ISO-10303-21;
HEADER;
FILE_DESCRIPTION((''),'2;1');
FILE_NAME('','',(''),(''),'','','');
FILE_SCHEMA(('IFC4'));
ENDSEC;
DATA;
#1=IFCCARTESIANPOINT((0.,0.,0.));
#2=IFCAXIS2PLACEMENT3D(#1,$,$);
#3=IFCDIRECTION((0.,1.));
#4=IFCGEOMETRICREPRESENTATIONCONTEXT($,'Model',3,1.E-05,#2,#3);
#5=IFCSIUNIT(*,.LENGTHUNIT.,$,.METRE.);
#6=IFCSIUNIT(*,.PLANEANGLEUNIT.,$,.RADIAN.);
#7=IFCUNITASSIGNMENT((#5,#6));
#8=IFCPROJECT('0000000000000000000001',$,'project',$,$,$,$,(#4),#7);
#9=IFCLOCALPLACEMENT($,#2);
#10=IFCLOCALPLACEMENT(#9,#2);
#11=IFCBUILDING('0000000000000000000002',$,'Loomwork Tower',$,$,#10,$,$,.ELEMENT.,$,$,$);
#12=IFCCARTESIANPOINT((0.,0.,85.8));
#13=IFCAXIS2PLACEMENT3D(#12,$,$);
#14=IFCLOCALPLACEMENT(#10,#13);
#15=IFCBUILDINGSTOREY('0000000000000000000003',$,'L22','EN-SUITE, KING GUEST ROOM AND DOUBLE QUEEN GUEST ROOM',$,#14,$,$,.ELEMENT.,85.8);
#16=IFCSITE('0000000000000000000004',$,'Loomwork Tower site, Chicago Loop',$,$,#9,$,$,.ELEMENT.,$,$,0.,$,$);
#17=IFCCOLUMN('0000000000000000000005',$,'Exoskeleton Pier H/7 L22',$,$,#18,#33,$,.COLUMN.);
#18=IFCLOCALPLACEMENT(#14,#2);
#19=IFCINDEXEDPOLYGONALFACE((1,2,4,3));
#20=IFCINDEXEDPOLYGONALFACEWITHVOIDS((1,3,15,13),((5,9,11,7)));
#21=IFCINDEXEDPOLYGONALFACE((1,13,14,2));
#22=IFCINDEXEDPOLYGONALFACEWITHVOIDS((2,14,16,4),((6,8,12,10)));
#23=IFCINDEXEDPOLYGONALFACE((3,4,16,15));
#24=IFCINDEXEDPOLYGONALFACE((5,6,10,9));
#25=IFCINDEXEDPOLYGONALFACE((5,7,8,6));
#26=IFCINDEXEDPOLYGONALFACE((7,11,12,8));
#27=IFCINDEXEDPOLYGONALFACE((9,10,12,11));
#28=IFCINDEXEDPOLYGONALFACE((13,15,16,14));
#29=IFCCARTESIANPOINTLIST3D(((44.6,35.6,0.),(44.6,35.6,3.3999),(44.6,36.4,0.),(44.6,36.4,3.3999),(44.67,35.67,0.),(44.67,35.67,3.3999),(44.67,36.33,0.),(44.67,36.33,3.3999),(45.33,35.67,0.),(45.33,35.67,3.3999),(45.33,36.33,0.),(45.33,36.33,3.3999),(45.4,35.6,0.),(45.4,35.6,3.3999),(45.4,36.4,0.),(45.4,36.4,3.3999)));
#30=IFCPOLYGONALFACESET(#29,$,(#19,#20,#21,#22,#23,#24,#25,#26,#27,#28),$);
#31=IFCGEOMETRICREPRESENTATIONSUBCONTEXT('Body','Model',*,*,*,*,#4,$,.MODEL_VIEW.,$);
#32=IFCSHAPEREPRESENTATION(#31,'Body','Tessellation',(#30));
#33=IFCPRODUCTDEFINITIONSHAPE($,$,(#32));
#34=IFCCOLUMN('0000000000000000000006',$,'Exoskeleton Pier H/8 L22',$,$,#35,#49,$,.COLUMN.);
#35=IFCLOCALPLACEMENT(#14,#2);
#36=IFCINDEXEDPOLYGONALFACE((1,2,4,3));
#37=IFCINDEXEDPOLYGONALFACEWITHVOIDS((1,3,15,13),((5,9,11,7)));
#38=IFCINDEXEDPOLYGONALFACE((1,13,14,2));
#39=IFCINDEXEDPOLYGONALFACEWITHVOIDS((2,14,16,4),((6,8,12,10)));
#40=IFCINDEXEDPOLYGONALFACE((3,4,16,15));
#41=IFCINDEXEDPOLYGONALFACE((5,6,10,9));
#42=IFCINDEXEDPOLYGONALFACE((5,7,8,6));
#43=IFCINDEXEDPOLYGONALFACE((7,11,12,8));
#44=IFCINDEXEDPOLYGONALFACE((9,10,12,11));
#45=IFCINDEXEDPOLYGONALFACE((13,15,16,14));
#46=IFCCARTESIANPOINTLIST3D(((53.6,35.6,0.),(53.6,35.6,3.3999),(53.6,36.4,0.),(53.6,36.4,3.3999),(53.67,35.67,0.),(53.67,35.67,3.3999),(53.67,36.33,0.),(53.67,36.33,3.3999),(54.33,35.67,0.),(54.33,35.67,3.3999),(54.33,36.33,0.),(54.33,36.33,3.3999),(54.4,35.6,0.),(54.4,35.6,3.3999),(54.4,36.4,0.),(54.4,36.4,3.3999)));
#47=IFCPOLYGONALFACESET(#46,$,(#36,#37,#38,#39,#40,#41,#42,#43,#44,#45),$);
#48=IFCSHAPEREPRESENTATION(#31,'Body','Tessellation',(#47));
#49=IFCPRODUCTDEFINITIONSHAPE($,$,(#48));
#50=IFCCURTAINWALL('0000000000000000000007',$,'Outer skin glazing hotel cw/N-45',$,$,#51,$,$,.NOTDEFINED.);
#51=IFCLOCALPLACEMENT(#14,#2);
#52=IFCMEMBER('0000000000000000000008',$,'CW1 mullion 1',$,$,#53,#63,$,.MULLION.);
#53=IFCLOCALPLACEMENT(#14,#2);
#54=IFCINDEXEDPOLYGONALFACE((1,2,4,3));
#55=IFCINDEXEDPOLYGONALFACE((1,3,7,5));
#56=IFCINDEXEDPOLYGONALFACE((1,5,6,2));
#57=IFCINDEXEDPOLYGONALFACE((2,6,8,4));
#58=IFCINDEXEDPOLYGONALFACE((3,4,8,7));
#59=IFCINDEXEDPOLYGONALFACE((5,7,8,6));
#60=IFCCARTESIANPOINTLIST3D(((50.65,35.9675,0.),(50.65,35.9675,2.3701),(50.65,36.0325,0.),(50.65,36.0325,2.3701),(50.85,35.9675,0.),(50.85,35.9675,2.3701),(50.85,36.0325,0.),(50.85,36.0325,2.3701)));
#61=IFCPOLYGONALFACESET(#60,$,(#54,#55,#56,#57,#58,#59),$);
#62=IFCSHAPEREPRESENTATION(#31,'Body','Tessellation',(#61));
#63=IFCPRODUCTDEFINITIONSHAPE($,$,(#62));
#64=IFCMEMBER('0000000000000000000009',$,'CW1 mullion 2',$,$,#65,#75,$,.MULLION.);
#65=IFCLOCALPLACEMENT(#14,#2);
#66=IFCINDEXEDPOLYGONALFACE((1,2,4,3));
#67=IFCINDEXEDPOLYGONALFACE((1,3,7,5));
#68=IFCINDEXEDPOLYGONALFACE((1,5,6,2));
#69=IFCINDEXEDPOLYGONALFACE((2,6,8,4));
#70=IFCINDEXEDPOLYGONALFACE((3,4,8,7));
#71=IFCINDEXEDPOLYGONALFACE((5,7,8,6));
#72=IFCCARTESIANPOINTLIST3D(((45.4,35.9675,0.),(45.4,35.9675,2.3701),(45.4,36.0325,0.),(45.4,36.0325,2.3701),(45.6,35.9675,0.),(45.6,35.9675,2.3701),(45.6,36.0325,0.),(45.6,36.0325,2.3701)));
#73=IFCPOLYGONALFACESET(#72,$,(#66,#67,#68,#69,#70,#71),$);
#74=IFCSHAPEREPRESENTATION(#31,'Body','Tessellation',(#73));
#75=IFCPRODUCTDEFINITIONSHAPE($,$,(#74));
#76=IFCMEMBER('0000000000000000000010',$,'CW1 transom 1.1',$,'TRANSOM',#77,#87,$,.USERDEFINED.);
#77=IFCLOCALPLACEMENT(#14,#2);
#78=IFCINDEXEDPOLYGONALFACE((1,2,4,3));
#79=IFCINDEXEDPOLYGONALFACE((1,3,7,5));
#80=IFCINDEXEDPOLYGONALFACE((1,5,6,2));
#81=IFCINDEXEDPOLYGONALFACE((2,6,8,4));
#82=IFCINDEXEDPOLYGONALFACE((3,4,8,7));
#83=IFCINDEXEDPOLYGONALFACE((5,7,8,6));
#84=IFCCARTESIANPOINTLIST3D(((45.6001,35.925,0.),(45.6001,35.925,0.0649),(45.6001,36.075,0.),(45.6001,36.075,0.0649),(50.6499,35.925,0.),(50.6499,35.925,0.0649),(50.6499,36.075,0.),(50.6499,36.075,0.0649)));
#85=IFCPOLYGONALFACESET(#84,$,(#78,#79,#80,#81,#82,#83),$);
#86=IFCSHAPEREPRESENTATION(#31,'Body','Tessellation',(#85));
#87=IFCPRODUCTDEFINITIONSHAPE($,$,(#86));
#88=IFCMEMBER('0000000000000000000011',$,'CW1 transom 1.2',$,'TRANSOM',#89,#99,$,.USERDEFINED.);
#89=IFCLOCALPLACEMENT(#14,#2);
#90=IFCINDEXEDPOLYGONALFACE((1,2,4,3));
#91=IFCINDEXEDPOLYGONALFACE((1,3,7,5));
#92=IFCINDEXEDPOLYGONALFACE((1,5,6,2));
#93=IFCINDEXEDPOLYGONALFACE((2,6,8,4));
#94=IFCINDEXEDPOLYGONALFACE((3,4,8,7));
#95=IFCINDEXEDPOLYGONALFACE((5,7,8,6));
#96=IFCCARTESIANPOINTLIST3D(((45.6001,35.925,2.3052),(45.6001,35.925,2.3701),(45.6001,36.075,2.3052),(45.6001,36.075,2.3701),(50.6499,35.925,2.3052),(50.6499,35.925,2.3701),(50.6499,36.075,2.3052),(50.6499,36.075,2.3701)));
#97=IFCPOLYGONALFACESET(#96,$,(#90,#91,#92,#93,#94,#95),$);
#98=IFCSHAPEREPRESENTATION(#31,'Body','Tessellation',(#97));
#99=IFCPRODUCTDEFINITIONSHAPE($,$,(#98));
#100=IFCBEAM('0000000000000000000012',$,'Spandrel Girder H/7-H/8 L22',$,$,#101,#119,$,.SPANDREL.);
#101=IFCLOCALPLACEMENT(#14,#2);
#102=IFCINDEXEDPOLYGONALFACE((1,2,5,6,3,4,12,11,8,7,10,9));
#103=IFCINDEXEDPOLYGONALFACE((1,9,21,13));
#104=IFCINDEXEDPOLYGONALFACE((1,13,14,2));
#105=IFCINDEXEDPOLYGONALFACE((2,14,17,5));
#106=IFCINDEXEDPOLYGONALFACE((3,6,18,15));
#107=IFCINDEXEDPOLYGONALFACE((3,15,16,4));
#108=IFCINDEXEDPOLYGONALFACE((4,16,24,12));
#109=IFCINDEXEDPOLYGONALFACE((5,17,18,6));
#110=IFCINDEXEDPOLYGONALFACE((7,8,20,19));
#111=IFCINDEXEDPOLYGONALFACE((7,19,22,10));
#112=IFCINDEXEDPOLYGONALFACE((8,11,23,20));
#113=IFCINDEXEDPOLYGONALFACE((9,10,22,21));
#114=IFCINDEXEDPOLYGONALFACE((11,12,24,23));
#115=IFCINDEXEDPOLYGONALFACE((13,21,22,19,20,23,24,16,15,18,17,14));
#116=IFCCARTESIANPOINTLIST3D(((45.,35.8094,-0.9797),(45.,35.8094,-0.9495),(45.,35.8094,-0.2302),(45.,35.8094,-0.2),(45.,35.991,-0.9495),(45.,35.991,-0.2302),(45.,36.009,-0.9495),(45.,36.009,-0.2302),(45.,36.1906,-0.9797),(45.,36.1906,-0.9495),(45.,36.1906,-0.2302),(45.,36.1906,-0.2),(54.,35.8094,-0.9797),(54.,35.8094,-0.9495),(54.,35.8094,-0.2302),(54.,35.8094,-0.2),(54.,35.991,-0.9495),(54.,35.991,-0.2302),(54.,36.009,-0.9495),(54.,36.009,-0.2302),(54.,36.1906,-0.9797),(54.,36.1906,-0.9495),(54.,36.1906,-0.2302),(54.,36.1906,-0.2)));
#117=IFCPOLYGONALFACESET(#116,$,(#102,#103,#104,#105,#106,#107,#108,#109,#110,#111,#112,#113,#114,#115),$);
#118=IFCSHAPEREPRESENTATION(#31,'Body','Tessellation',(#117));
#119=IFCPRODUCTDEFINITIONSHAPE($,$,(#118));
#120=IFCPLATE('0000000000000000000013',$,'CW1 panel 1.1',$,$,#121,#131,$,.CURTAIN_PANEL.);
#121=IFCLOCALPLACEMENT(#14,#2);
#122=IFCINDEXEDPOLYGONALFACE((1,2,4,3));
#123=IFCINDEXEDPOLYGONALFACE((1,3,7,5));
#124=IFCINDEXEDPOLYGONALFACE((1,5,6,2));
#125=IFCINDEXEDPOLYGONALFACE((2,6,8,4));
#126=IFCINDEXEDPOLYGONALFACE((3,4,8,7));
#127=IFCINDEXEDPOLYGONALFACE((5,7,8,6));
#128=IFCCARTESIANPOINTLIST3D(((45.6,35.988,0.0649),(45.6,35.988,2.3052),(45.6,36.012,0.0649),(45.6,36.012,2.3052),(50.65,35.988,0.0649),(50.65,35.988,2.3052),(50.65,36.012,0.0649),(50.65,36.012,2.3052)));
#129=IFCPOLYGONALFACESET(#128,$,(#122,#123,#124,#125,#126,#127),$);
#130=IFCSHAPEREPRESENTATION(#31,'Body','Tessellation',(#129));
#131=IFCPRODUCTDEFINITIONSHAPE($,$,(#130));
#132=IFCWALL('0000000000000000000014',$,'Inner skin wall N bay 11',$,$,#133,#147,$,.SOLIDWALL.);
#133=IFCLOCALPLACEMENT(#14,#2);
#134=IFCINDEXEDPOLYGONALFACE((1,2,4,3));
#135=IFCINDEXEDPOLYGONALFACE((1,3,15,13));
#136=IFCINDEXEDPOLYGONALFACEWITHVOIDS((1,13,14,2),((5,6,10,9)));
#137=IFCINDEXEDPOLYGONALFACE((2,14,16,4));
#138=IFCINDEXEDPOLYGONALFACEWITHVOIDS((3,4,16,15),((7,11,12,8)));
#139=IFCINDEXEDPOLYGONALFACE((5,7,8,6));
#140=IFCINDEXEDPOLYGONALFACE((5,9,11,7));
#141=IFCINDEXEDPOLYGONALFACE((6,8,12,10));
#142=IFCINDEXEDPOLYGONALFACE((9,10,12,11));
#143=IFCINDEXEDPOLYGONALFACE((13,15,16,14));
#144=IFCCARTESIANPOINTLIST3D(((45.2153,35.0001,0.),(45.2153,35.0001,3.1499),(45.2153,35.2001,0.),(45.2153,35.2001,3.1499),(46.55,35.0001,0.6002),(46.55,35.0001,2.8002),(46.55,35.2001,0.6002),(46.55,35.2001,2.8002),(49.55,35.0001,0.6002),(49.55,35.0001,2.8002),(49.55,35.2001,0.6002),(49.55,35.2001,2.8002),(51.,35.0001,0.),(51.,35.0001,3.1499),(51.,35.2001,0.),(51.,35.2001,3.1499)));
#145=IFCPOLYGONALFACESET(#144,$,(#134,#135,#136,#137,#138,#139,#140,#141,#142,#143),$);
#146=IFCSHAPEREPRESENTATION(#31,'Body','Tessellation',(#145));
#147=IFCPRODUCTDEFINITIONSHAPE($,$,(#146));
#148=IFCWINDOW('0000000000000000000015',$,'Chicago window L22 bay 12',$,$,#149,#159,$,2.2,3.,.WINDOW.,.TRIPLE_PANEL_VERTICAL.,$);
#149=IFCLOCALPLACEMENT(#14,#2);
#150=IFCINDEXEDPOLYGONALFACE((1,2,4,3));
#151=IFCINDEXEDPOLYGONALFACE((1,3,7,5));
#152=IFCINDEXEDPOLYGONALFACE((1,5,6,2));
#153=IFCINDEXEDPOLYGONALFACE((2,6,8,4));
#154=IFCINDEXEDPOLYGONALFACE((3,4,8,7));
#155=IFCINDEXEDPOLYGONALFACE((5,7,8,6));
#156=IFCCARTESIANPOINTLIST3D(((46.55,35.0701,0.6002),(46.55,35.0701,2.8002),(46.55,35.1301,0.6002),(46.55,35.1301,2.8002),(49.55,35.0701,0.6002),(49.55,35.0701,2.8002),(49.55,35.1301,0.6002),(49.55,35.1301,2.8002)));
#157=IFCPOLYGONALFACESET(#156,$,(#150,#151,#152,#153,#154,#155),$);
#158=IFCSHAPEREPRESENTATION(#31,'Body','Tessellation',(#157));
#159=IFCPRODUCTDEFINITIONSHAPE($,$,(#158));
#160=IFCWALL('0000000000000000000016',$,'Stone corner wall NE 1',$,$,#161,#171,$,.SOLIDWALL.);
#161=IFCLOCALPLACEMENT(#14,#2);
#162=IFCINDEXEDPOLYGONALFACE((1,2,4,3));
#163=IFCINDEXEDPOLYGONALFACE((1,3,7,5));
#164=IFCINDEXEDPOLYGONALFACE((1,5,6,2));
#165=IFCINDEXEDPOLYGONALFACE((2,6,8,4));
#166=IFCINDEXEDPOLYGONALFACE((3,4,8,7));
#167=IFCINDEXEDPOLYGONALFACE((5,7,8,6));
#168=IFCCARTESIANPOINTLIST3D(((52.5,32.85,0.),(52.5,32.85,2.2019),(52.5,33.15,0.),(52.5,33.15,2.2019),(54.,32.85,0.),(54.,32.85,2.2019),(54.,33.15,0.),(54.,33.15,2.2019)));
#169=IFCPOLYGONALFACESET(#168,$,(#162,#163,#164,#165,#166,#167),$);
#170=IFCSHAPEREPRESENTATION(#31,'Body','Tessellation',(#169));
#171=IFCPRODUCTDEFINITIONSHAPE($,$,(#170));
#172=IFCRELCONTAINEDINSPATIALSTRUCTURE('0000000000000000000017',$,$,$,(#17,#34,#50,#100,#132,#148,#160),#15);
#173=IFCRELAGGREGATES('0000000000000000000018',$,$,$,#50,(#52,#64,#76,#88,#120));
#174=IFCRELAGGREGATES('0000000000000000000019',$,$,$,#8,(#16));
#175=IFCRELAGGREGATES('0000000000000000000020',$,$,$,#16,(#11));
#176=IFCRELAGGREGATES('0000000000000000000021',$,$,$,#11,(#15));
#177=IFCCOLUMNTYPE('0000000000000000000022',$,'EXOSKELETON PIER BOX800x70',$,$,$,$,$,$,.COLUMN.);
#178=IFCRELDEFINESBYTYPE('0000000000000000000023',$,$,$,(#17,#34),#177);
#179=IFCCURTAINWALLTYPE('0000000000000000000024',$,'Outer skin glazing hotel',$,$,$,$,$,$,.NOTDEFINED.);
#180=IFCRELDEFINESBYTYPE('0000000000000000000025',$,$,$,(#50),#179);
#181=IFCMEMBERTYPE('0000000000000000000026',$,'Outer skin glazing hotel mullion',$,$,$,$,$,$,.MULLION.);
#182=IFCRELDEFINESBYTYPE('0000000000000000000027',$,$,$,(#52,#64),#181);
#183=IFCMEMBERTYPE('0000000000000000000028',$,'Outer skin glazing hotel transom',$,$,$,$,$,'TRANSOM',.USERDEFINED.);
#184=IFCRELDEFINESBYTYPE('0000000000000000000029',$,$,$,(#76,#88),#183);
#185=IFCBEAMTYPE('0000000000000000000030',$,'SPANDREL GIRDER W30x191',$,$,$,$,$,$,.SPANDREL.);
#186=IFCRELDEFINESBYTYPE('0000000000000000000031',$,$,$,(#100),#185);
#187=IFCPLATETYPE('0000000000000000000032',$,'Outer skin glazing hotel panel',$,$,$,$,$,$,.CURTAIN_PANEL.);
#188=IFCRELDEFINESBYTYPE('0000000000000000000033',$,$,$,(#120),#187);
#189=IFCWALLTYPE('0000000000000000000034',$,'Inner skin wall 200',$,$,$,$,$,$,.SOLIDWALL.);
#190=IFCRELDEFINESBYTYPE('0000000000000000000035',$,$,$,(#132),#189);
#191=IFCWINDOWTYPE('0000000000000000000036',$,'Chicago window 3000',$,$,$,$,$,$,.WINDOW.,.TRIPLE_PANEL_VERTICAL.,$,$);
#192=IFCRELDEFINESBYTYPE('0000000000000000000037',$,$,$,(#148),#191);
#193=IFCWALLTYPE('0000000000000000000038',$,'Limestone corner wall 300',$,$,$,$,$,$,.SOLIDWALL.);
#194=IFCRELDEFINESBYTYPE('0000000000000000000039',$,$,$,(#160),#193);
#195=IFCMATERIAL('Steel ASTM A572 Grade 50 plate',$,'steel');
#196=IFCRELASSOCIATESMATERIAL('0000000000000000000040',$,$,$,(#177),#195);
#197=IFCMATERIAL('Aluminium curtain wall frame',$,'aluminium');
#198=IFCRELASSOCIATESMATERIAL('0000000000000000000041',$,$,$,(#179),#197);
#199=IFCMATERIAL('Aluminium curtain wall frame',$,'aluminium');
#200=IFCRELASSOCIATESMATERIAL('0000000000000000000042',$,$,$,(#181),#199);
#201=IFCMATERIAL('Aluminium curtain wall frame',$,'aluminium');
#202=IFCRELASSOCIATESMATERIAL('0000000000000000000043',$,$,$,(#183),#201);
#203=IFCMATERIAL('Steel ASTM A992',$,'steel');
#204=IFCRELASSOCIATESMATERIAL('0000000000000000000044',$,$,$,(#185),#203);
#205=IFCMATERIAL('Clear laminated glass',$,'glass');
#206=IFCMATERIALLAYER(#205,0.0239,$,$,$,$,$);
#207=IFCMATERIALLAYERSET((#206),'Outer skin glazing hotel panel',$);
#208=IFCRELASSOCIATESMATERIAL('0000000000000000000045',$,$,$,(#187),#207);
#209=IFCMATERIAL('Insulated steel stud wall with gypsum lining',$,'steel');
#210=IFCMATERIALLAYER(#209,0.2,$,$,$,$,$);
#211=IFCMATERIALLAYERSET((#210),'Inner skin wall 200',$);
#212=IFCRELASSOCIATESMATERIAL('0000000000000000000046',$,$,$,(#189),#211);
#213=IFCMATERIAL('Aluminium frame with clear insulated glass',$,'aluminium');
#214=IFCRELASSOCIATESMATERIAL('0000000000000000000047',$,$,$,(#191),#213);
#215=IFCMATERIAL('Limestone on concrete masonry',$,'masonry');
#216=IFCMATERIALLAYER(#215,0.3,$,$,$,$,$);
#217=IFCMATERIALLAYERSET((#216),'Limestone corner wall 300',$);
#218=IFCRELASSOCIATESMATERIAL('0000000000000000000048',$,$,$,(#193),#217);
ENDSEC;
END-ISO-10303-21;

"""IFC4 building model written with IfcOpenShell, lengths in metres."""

from ifc_helpers import new_model, si_unit, direction, frame, frame_2d, origin, origin_2d, place, context, subcontext, project, spatial, rectangle, hollow_rectangle, i_section, extrude, material, layer, layer_set, material_profile, profile_set, type_object, element, fill, aggregate, save


model = new_model("IFC4")

# Units and contexts
model_context = context("Model", 3, precision=1e-05, world=origin(), true_north=direction((0.0, 1.0)))
body_context = subcontext(model_context, "Body", "Model", "MODEL_VIEW")
ifc_project = project(units=[si_unit("LENGTHUNIT", "METRE"), si_unit("PLANEANGLEUNIT", "RADIAN")], contexts=[model_context])

# Site, building, storey
site_placement = place(None, origin())
site = spatial("IfcSite", under=ifc_project, at=site_placement, Name="Loomwork Tower site, Chicago Loop", CompositionType="ELEMENT", RefElevation=0.0)
building_placement = place(site_placement, origin())
building = spatial("IfcBuilding", under=site, at=building_placement, Name="Loomwork Tower", CompositionType="ELEMENT")
storey_placement = place(building_placement, frame((0.0, 0.0, 85.8)))
storey = spatial("IfcBuildingStorey", under=building, at=storey_placement, Name="L22", Description="EN-SUITE, KING GUEST ROOM AND DOUBLE QUEEN GUEST ROOM", CompositionType="ELEMENT", Elevation=85.8)

# Columns
ifc_material_1 = material(Name="Steel ASTM A572 Grade 50 plate", Category="steel")
ifc_material_profile_1 = material_profile(ifc_material_1, hollow_rectangle(XDim=0.8, YDim=0.8, WallThickness=0.0701, at=origin_2d()), Name="BOX800x70")
ifc_profile_set_1 = profile_set([ifc_material_profile_1], Name="Steel ASTM A572 Grade 50 plate")
column_type = type_object("IfcColumnType", Name="EXOSKELETON PIER BOX800x70", PredefinedType="COLUMN", material=ifc_profile_set_1)
for number, where, z_axis, x_axis, name in (
    (1, (45.0, 36.0, 0.0), (0.0, 0.0, 1.0), (1.0, 0.0, 0.0), "Exoskeleton Pier H/7 L22"),
    (2, (54.0, 36.0, 0.0), (0.0, 0.0, 1.0), (1.0, 0.0, 0.0), "Exoskeleton Pier H/8 L22"),
):
    element("IfcColumn", number, at=place(storey_placement, frame(where, z_axis=z_axis, x_axis=x_axis)), inside=storey, type_object=column_type, Name=name, PredefinedType="COLUMN", context=body_context, shape_type="SweptSolid", body=[
        extrude(hollow_rectangle(XDim=0.8, YDim=0.8, WallThickness=0.0701, at=origin_2d()), origin(), (0.0, 0.0, 1.0), 3.3999),
    ])

# Curtain wall, members
ifc_material_2 = material(Name="Aluminium curtain wall frame", Category="aluminium")
curtain_wall_type = type_object("IfcCurtainWallType", Name="Outer skin glazing hotel", PredefinedType="NOTDEFINED", material=ifc_material_2)
curtain_wall_placement = place(storey_placement, origin())
curtain_wall = element("IfcCurtainWall", 3, at=curtain_wall_placement, inside=storey, type_object=curtain_wall_type, Name="Outer skin glazing hotel cw/N-45", PredefinedType="NOTDEFINED")
ifc_material_3 = material(Name="Aluminium curtain wall frame", Category="aluminium")
ifc_material_profile_2 = material_profile(ifc_material_3, rectangle(XDim=0.0649, YDim=0.2, at=origin_2d()), Name="AL 65x200")
ifc_profile_set_2 = profile_set([ifc_material_profile_2], Name="Aluminium curtain wall frame")
member_type_1 = type_object("IfcMemberType", Name="Outer skin glazing hotel mullion", PredefinedType="MULLION", material=ifc_profile_set_2)
member_1_placement = place(storey_placement, frame((50.75, 36.0, 0.0), z_axis=(0.0, 0.0, 1.0), x_axis=(0.0, -1.0, 0.0)))
member_1 = element("IfcMember", 4, at=member_1_placement, type_object=member_type_1, Name="CW1 mullion 1", PredefinedType="MULLION", context=body_context, shape_type="SweptSolid", body=[
    extrude(rectangle(XDim=0.0649, YDim=0.2, at=origin_2d()), origin(), (0.0, 0.0, 1.0), 2.3701),
])
member_2_placement = place(storey_placement, frame((45.5, 36.0, 0.0), z_axis=(0.0, 0.0, 1.0), x_axis=(0.0, -1.0, 0.0)))
member_2 = element("IfcMember", 5, at=member_2_placement, type_object=member_type_1, Name="CW1 mullion 2", PredefinedType="MULLION", context=body_context, shape_type="SweptSolid", body=[
    extrude(rectangle(XDim=0.0649, YDim=0.2, at=origin_2d()), origin(), (0.0, 0.0, 1.0), 2.3701),
])
ifc_material_4 = material(Name="Aluminium curtain wall frame", Category="aluminium")
ifc_material_profile_3 = material_profile(ifc_material_4, rectangle(XDim=0.1499, YDim=0.0649, at=origin_2d()), Name="AL 65x150")
ifc_profile_set_3 = profile_set([ifc_material_profile_3], Name="Aluminium curtain wall frame")
member_type_2 = type_object("IfcMemberType", Name="Outer skin glazing hotel transom", ElementType="TRANSOM", PredefinedType="USERDEFINED", material=ifc_profile_set_3)
member_3_placement = place(storey_placement, frame((50.6499, 36.0, 0.0325), z_axis=(-1.0, 0.0, 0.0), x_axis=(0.0, -1.0, 0.0)))
member_3 = element("IfcMember", 6, at=member_3_placement, type_object=member_type_2, Name="CW1 transom 1.1", ObjectType="TRANSOM", PredefinedType="USERDEFINED", context=body_context, shape_type="SweptSolid", body=[
    extrude(rectangle(XDim=0.1499, YDim=0.0649, at=origin_2d()), origin(), (0.0, 0.0, 1.0), 5.0498),
])
member_4_placement = place(storey_placement, frame((50.6499, 36.0, 2.3376), z_axis=(-1.0, 0.0, 0.0), x_axis=(0.0, -1.0, 0.0)))
member_4 = element("IfcMember", 7, at=member_4_placement, type_object=member_type_2, Name="CW1 transom 1.2", ObjectType="TRANSOM", PredefinedType="USERDEFINED", context=body_context, shape_type="SweptSolid", body=[
    extrude(rectangle(XDim=0.1499, YDim=0.0649, at=origin_2d()), origin(), (0.0, 0.0, 1.0), 5.0498),
])

# Beam
ifc_material_5 = material(Name="Steel ASTM A992", Category="steel")
ifc_material_profile_4 = material_profile(ifc_material_5, i_section(OverallWidth=0.3811, OverallDepth=0.7798, WebThickness=0.0181, FlangeThickness=0.0303, at=origin_2d()), Name="W30x191")
ifc_profile_set_4 = profile_set([ifc_material_profile_4], Name="Steel ASTM A992")
beam_type = type_object("IfcBeamType", Name="SPANDREL GIRDER W30x191", PredefinedType="SPANDREL", material=ifc_profile_set_4)
beam_placement = place(storey_placement, frame((45.0, 36.0, -0.5898), z_axis=(1.0, 0.0, 0.0), x_axis=(0.0, 1.0, 0.0)))
element("IfcBeam", 8, at=beam_placement, inside=storey, type_object=beam_type, Name="Spandrel Girder H/7-H/8 L22", PredefinedType="SPANDREL", context=body_context, shape_type="SweptSolid", body=[
    extrude(i_section(OverallWidth=0.3811, OverallDepth=0.7798, WebThickness=0.0181, FlangeThickness=0.0303, at=origin_2d()), origin(), (0.0, 0.0, 1.0), 9.0),
])

# Plate
ifc_material_6 = material(Name="Clear laminated glass", Category="glass")
ifc_layer_1 = layer(ifc_material_6, 0.0239)
ifc_layer_set_1 = layer_set([ifc_layer_1], Name="Outer skin glazing hotel panel")
plate_type = type_object("IfcPlateType", Name="Outer skin glazing hotel panel", PredefinedType="CURTAIN_PANEL", material=ifc_layer_set_1)
plate_placement = place(storey_placement, frame((48.125, 36.0, 0.0649), z_axis=(0.0, 0.0, 1.0), x_axis=(-1.0, 0.0, 0.0)))
plate = element("IfcPlate", 9, at=plate_placement, type_object=plate_type, Name="CW1 panel 1.1", PredefinedType="CURTAIN_PANEL", context=body_context, shape_type="SweptSolid", body=[
    extrude(rectangle(XDim=5.05, YDim=0.0239, at=origin_2d()), origin(), (0.0, 0.0, 1.0), 2.2402),
])
aggregate(curtain_wall, [member_1, member_2, member_3, member_4, plate])

# Wall, opening, window
ifc_material_7 = material(Name="Insulated steel stud wall with gypsum lining", Category="steel")
ifc_layer_2 = layer(ifc_material_7, 0.2)
ifc_layer_set_2 = layer_set([ifc_layer_2], Name="Inner skin wall 200")
wall_type_1 = type_object("IfcWallType", Name="Inner skin wall 200", PredefinedType="SOLIDWALL", material=ifc_layer_set_2)
wall_1_placement = place(storey_placement, frame((45.2153, 35.1001, 0.0), z_axis=(0.0, 0.0, 1.0), x_axis=(1.0, 0.0, 0.0)))
wall_1 = element("IfcWall", 10, at=wall_1_placement, inside=storey, type_object=wall_type_1, Name="Inner skin wall N bay 11", PredefinedType="SOLIDWALL", context=body_context, shape_type="SweptSolid", body=[
    extrude(rectangle(XDim=5.7847, YDim=0.2, at=frame_2d((2.8923, 0.0))), origin(), (0.0, 0.0, 1.0), 3.1499),
])
opening_1_placement = place(wall_1_placement, frame((1.3347, 0.0, 0.6001)))
opening_1 = element("IfcOpeningElement", 11, at=opening_1_placement, cuts=wall_1, PredefinedType="OPENING", context=body_context, shape_type="SweptSolid", body=[
    extrude(rectangle(XDim=3.0, YDim=2.2, at=frame_2d((1.5, 1.1001))), frame((0.0, 0.1099, 0.0), z_axis=(0.0, -1.0, 0.0), x_axis=(1.0, 0.0, 0.0)), (0.0, 0.0, 1.0), 0.22),
])
ifc_material_8 = material(Name="Aluminium frame with clear insulated glass", Category="aluminium")
window_type_1 = type_object("IfcWindowType", Name="Chicago window 3000", PartitioningType="TRIPLE_PANEL_VERTICAL", PredefinedType="WINDOW", material=ifc_material_8)
window_1_placement = place(opening_1_placement, origin())
window_1 = element("IfcWindow", 12, at=window_1_placement, inside=storey, type_object=window_type_1, Name="Chicago window L22 bay 12", OverallHeight=2.2, OverallWidth=3.0, PartitioningType="TRIPLE_PANEL_VERTICAL", PredefinedType="WINDOW", context=body_context, shape_type="SweptSolid", body=[
    extrude(rectangle(XDim=3.0, YDim=2.2, at=frame_2d((1.5, 1.1001))), frame((0.0, 0.03, 0.0), z_axis=(0.0, -1.0, 0.0), x_axis=(1.0, 0.0, 0.0)), (0.0, 0.0, 1.0), 0.0601),
])
fill(opening_1, window_1)

# Wall
ifc_material_9 = material(Name="Limestone on concrete masonry", Category="masonry")
ifc_layer_3 = layer(ifc_material_9, 0.3)
ifc_layer_set_3 = layer_set([ifc_layer_3], Name="Limestone corner wall 300")
wall_type_2 = type_object("IfcWallType", Name="Limestone corner wall 300", PredefinedType="SOLIDWALL", material=ifc_layer_set_3)
wall_2_placement = place(storey_placement, frame((54.0, 33.0, 0.0), z_axis=(0.0, 0.0, 1.0), x_axis=(-1.0, 0.0, 0.0)))
element("IfcWall", 13, at=wall_2_placement, inside=storey, type_object=wall_type_2, Name="Stone corner wall NE 1", PredefinedType="SOLIDWALL", context=body_context, shape_type="SweptSolid", body=[
    extrude(rectangle(XDim=1.5, YDim=0.3, at=frame_2d((0.75, 0.0))), origin(), (0.0, 0.0, 1.0), 2.2019),
])

save(model, "model.ifc")
